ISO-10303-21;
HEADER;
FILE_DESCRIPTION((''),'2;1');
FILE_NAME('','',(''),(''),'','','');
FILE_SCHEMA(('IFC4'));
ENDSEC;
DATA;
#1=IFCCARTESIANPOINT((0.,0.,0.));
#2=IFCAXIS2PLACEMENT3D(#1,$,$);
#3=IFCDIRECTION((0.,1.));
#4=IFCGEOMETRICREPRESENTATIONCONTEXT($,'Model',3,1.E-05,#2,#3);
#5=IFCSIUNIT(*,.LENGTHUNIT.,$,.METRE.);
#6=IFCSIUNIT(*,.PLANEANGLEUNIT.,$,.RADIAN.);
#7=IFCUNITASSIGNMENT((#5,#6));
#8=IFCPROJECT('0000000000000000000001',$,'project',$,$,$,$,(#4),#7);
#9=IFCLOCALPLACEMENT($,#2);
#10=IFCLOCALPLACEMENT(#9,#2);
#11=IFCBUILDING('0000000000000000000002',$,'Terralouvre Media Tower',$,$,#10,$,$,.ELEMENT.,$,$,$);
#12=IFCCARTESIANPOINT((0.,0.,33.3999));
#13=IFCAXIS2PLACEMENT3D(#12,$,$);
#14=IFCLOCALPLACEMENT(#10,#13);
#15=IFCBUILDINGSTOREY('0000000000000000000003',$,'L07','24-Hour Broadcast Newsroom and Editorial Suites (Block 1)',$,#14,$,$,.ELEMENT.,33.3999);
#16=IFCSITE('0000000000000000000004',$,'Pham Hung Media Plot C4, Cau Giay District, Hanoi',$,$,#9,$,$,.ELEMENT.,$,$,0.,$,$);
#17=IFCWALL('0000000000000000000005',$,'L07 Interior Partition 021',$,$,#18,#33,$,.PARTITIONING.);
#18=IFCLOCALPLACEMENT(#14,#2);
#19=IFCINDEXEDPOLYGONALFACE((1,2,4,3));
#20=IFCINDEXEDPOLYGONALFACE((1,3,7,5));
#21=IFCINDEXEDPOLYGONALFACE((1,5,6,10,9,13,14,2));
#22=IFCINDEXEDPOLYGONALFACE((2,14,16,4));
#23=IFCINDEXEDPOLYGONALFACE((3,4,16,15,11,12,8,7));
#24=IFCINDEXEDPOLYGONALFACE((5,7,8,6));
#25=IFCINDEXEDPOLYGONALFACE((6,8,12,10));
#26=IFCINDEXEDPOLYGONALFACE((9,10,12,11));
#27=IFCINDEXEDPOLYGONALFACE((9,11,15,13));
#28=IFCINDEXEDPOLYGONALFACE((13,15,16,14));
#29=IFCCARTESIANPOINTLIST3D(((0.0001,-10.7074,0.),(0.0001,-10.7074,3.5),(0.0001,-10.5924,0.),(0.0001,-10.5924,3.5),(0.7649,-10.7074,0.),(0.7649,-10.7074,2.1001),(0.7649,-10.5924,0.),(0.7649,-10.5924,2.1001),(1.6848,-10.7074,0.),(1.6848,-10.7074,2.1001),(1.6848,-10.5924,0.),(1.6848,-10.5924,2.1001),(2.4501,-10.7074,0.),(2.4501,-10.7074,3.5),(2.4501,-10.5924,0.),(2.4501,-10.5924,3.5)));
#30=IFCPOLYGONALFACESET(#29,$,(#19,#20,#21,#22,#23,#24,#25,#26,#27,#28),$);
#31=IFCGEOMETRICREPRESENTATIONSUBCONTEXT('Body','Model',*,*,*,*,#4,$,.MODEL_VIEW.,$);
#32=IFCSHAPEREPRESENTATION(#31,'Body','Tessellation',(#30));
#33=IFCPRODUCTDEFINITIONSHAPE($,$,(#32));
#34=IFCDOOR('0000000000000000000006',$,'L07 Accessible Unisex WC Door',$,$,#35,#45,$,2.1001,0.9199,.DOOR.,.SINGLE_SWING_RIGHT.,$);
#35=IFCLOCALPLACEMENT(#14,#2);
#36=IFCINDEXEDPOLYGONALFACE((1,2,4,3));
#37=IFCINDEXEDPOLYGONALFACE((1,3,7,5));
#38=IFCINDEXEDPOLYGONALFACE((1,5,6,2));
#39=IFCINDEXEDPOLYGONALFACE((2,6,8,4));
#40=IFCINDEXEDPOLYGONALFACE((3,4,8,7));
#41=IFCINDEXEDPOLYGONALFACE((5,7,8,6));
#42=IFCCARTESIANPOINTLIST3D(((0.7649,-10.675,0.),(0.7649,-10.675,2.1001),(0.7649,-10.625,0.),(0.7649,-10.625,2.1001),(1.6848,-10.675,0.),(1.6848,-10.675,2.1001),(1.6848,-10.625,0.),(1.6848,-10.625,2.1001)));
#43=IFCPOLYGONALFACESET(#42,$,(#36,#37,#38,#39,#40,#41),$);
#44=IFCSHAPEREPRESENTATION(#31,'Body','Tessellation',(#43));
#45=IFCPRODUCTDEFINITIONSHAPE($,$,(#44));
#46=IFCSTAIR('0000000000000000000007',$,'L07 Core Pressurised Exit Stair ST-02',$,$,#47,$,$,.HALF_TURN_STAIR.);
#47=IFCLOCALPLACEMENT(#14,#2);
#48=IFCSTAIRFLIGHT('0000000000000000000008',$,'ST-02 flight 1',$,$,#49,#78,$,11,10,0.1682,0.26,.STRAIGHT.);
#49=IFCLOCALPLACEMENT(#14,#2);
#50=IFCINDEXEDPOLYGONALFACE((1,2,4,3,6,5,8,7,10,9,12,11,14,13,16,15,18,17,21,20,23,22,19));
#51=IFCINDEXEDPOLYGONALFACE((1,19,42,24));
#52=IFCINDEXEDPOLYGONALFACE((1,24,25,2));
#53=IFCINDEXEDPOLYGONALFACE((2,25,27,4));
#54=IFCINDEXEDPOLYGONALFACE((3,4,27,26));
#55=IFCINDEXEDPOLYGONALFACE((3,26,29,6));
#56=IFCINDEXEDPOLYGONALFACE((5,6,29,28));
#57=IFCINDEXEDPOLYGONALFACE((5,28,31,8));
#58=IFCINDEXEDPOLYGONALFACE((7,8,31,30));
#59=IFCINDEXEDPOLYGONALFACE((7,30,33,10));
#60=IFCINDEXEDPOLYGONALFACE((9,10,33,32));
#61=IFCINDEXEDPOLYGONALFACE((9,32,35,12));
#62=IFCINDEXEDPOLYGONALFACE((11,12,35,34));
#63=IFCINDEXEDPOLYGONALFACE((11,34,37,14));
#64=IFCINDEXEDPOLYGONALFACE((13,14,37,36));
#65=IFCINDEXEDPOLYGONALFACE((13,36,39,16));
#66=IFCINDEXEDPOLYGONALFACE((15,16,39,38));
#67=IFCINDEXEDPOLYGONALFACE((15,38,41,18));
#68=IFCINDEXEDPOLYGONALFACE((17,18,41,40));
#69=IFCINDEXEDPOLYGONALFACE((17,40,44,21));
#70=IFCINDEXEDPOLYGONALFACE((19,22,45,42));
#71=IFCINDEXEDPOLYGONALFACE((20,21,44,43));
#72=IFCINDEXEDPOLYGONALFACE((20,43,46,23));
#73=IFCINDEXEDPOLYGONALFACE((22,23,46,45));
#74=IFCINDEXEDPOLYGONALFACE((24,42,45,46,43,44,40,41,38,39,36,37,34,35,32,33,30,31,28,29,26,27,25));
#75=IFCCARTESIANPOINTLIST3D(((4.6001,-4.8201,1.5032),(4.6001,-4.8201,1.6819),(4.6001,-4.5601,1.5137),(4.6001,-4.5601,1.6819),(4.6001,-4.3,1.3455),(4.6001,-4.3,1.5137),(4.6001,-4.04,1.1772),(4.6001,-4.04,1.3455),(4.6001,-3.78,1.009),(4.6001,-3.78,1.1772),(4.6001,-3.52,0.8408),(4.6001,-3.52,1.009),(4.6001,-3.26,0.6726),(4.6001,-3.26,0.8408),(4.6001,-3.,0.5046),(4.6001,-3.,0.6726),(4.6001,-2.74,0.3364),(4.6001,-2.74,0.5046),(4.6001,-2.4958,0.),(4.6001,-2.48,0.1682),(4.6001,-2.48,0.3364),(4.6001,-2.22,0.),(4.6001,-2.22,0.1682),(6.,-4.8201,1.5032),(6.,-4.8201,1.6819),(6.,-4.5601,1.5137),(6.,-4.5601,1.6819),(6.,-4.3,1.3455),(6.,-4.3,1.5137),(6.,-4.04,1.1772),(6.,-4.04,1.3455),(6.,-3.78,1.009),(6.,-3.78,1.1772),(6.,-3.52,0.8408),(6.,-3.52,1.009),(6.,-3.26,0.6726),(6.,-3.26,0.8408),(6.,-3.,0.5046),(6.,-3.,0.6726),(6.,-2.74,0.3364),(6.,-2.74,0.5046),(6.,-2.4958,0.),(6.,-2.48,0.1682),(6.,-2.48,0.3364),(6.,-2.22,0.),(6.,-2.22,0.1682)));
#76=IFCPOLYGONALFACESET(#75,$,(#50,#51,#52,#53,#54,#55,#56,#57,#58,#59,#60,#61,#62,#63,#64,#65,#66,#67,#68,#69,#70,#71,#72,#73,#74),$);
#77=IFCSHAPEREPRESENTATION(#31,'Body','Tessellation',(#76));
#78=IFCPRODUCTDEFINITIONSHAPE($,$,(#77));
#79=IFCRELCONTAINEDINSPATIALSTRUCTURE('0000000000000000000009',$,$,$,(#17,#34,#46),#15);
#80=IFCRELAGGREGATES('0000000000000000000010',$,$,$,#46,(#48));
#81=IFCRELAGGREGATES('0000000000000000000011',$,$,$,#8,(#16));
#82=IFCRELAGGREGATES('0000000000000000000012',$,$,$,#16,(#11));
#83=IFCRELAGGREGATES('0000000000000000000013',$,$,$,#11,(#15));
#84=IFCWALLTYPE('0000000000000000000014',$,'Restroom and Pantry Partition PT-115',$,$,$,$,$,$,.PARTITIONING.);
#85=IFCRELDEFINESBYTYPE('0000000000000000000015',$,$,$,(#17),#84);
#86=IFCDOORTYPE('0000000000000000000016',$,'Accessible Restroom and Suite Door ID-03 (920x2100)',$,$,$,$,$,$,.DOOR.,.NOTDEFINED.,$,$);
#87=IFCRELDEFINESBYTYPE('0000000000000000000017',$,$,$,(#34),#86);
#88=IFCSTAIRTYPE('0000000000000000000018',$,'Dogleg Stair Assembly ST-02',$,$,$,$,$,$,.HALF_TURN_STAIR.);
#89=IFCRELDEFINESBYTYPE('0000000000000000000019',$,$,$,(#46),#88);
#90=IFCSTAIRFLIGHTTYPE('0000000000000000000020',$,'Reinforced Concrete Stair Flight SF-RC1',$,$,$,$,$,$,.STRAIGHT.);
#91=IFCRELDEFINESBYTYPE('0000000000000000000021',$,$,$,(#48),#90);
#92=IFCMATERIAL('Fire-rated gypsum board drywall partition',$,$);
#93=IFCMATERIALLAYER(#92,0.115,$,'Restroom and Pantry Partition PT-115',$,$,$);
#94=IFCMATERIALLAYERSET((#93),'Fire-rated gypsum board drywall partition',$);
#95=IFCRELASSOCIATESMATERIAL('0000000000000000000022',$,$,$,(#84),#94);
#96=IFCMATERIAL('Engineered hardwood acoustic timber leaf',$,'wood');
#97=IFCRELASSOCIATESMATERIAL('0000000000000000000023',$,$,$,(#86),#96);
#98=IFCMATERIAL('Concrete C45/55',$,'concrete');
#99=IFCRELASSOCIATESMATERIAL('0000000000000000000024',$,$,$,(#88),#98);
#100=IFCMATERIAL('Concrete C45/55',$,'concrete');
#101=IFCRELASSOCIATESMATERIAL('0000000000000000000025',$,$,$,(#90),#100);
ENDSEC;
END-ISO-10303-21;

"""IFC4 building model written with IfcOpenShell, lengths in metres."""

from ifc_helpers import new_model, si_unit, direction, frame, frame_2d, origin, place, context, subcontext, project, spatial, polyline, rectangle, outline, extrude, material, layer, layer_set, type_object, element, fill, aggregate, save


model = new_model("IFC4")

# Units and contexts
model_context = context("Model", 3, precision=1e-05, world=origin(), true_north=direction((0.0, 1.0)))
body_context = subcontext(model_context, "Body", "Model", "MODEL_VIEW")
ifc_project = project(units=[si_unit("LENGTHUNIT", "METRE"), si_unit("PLANEANGLEUNIT", "RADIAN")], contexts=[model_context])

# Site, building, storey
site_placement = place(None, origin())
site = spatial("IfcSite", under=ifc_project, at=site_placement, Name="Pham Hung Media Plot C4, Cau Giay District, Hanoi", CompositionType="ELEMENT", RefElevation=0.0)
building_placement = place(site_placement, origin())
building = spatial("IfcBuilding", under=site, at=building_placement, Name="Terralouvre Media Tower", CompositionType="ELEMENT")
storey_placement = place(building_placement, frame((0.0, 0.0, 33.3999)))
storey = spatial("IfcBuildingStorey", under=building, at=storey_placement, Name="L07", Description="24-Hour Broadcast Newsroom and Editorial Suites (Block 1)", CompositionType="ELEMENT", Elevation=33.3999)

# Wall, opening, door
ifc_material_1 = material(Name="Fire-rated gypsum board drywall partition")
ifc_layer_1 = layer(ifc_material_1, 0.115, Name="Restroom and Pantry Partition PT-115")
ifc_layer_set_1 = layer_set([ifc_layer_1], Name="Fire-rated gypsum board drywall partition")
wall_type_1 = type_object("IfcWallType", Name="Restroom and Pantry Partition PT-115", PredefinedType="PARTITIONING", material=ifc_layer_set_1)
wall_1_placement = place(storey_placement, frame((0.0, -10.6499, 0.0), z_axis=(0.0, 0.0, 1.0), x_axis=(1.0, 0.0, 0.0)))
wall_1 = element("IfcWall", 1, at=wall_1_placement, inside=storey, type_object=wall_type_1, Name="L07 Interior Partition 021", PredefinedType="PARTITIONING", context=body_context, shape_type="SweptSolid", body=[
    extrude(rectangle(XDim=2.45, YDim=0.115, at=frame_2d((1.2251, 0.0))), origin(), (0.0, 0.0, 1.0), 3.5),
])
opening_1_placement = place(wall_1_placement, frame((0.7649, 0.0, 0.0)))
opening_1 = element("IfcOpeningElement", 2, at=opening_1_placement, cuts=wall_1, PredefinedType="OPENING", context=body_context, shape_type="SweptSolid", body=[
    extrude(rectangle(XDim=0.9199, YDim=2.1001, at=frame_2d((0.46, 1.05))), frame((0.0, 0.0674, 0.0), z_axis=(0.0, -1.0, 0.0), x_axis=(1.0, 0.0, 0.0)), (0.0, 0.0, 1.0), 0.135),
])
ifc_material_2 = material(Name="Engineered hardwood acoustic timber leaf", Category="wood")
door_type_1 = type_object("IfcDoorType", Name="Accessible Restroom and Suite Door ID-03 (920x2100)", OperationType="NOTDEFINED", PredefinedType="DOOR", material=ifc_material_2)
door_1_placement = place(opening_1_placement, origin())
door_1 = element("IfcDoor", 3, at=door_1_placement, inside=storey, type_object=door_type_1, Name="L07 Accessible Unisex WC Door", OperationType="SINGLE_SWING_RIGHT", OverallHeight=2.1001, OverallWidth=0.9199, PredefinedType="DOOR", context=body_context, shape_type="SweptSolid", body=[
    extrude(rectangle(XDim=0.9199, YDim=2.1001, at=frame_2d((0.46, 1.05))), frame((0.0, 0.0249, 0.0), z_axis=(0.0, -1.0, 0.0), x_axis=(1.0, 0.0, 0.0)), (0.0, 0.0, 1.0), 0.05),
])
fill(opening_1, door_1)

# Stair, stair flight
ifc_material_3 = material(Name="Concrete C45/55", Category="concrete")
stair_type = type_object("IfcStairType", Name="Dogleg Stair Assembly ST-02", PredefinedType="HALF_TURN_STAIR", material=ifc_material_3)
stair_placement = place(storey_placement, origin())
stair = element("IfcStair", 4, at=stair_placement, inside=storey, type_object=stair_type, Name="L07 Core Pressurised Exit Stair ST-02", PredefinedType="HALF_TURN_STAIR")
ifc_material_4 = material(Name="Concrete C45/55", Category="concrete")
stair_flight_type = type_object("IfcStairFlightType", Name="Reinforced Concrete Stair Flight SF-RC1", PredefinedType="STRAIGHT", material=ifc_material_4)
stair_flight_placement = place(storey_placement, frame((5.3, -2.22, 0.0), z_axis=(0.0, 0.0, 1.0), x_axis=(0.0, -1.0, 0.0)))
stair_flight = element("IfcStairFlight", 5, at=stair_flight_placement, type_object=stair_flight_type, Name="ST-02 flight 1", NumberOfRisers=11, NumberOfTreads=10, PredefinedType="STRAIGHT", RiserHeight=0.1682, TreadLength=0.26, context=body_context, shape_type="SweptSolid", body=[
    extrude(outline(polyline([(0.0, 0.0), (0.0, 0.1682), (0.26, 0.1682), (0.26, 0.3364), (0.52, 0.3364), (0.52, 0.5046), (0.78, 0.5046), (0.78, 0.6726), (1.04, 0.6726), (1.04, 0.8408), (1.3, 0.8408), (1.3, 1.009), (1.5601, 1.009), (1.5601, 1.1772), (1.8201, 1.1772), (1.8201, 1.3455), (2.0801, 1.3455), (2.0801, 1.5137), (2.3401, 1.5137), (2.3401, 1.6819), (2.6001, 1.6819), (2.6001, 1.8501), (2.6001, 1.5032), (0.2759, 0.0), (0.0, 0.0)])), frame((0.0, 0.7, 0.0), z_axis=(0.0, -1.0, 0.0), x_axis=(1.0, 0.0, 0.0)), (0.0, 0.0, 1.0), 1.3999),
])
aggregate(stair, [stair_flight])

save(model, "model.ifc")
